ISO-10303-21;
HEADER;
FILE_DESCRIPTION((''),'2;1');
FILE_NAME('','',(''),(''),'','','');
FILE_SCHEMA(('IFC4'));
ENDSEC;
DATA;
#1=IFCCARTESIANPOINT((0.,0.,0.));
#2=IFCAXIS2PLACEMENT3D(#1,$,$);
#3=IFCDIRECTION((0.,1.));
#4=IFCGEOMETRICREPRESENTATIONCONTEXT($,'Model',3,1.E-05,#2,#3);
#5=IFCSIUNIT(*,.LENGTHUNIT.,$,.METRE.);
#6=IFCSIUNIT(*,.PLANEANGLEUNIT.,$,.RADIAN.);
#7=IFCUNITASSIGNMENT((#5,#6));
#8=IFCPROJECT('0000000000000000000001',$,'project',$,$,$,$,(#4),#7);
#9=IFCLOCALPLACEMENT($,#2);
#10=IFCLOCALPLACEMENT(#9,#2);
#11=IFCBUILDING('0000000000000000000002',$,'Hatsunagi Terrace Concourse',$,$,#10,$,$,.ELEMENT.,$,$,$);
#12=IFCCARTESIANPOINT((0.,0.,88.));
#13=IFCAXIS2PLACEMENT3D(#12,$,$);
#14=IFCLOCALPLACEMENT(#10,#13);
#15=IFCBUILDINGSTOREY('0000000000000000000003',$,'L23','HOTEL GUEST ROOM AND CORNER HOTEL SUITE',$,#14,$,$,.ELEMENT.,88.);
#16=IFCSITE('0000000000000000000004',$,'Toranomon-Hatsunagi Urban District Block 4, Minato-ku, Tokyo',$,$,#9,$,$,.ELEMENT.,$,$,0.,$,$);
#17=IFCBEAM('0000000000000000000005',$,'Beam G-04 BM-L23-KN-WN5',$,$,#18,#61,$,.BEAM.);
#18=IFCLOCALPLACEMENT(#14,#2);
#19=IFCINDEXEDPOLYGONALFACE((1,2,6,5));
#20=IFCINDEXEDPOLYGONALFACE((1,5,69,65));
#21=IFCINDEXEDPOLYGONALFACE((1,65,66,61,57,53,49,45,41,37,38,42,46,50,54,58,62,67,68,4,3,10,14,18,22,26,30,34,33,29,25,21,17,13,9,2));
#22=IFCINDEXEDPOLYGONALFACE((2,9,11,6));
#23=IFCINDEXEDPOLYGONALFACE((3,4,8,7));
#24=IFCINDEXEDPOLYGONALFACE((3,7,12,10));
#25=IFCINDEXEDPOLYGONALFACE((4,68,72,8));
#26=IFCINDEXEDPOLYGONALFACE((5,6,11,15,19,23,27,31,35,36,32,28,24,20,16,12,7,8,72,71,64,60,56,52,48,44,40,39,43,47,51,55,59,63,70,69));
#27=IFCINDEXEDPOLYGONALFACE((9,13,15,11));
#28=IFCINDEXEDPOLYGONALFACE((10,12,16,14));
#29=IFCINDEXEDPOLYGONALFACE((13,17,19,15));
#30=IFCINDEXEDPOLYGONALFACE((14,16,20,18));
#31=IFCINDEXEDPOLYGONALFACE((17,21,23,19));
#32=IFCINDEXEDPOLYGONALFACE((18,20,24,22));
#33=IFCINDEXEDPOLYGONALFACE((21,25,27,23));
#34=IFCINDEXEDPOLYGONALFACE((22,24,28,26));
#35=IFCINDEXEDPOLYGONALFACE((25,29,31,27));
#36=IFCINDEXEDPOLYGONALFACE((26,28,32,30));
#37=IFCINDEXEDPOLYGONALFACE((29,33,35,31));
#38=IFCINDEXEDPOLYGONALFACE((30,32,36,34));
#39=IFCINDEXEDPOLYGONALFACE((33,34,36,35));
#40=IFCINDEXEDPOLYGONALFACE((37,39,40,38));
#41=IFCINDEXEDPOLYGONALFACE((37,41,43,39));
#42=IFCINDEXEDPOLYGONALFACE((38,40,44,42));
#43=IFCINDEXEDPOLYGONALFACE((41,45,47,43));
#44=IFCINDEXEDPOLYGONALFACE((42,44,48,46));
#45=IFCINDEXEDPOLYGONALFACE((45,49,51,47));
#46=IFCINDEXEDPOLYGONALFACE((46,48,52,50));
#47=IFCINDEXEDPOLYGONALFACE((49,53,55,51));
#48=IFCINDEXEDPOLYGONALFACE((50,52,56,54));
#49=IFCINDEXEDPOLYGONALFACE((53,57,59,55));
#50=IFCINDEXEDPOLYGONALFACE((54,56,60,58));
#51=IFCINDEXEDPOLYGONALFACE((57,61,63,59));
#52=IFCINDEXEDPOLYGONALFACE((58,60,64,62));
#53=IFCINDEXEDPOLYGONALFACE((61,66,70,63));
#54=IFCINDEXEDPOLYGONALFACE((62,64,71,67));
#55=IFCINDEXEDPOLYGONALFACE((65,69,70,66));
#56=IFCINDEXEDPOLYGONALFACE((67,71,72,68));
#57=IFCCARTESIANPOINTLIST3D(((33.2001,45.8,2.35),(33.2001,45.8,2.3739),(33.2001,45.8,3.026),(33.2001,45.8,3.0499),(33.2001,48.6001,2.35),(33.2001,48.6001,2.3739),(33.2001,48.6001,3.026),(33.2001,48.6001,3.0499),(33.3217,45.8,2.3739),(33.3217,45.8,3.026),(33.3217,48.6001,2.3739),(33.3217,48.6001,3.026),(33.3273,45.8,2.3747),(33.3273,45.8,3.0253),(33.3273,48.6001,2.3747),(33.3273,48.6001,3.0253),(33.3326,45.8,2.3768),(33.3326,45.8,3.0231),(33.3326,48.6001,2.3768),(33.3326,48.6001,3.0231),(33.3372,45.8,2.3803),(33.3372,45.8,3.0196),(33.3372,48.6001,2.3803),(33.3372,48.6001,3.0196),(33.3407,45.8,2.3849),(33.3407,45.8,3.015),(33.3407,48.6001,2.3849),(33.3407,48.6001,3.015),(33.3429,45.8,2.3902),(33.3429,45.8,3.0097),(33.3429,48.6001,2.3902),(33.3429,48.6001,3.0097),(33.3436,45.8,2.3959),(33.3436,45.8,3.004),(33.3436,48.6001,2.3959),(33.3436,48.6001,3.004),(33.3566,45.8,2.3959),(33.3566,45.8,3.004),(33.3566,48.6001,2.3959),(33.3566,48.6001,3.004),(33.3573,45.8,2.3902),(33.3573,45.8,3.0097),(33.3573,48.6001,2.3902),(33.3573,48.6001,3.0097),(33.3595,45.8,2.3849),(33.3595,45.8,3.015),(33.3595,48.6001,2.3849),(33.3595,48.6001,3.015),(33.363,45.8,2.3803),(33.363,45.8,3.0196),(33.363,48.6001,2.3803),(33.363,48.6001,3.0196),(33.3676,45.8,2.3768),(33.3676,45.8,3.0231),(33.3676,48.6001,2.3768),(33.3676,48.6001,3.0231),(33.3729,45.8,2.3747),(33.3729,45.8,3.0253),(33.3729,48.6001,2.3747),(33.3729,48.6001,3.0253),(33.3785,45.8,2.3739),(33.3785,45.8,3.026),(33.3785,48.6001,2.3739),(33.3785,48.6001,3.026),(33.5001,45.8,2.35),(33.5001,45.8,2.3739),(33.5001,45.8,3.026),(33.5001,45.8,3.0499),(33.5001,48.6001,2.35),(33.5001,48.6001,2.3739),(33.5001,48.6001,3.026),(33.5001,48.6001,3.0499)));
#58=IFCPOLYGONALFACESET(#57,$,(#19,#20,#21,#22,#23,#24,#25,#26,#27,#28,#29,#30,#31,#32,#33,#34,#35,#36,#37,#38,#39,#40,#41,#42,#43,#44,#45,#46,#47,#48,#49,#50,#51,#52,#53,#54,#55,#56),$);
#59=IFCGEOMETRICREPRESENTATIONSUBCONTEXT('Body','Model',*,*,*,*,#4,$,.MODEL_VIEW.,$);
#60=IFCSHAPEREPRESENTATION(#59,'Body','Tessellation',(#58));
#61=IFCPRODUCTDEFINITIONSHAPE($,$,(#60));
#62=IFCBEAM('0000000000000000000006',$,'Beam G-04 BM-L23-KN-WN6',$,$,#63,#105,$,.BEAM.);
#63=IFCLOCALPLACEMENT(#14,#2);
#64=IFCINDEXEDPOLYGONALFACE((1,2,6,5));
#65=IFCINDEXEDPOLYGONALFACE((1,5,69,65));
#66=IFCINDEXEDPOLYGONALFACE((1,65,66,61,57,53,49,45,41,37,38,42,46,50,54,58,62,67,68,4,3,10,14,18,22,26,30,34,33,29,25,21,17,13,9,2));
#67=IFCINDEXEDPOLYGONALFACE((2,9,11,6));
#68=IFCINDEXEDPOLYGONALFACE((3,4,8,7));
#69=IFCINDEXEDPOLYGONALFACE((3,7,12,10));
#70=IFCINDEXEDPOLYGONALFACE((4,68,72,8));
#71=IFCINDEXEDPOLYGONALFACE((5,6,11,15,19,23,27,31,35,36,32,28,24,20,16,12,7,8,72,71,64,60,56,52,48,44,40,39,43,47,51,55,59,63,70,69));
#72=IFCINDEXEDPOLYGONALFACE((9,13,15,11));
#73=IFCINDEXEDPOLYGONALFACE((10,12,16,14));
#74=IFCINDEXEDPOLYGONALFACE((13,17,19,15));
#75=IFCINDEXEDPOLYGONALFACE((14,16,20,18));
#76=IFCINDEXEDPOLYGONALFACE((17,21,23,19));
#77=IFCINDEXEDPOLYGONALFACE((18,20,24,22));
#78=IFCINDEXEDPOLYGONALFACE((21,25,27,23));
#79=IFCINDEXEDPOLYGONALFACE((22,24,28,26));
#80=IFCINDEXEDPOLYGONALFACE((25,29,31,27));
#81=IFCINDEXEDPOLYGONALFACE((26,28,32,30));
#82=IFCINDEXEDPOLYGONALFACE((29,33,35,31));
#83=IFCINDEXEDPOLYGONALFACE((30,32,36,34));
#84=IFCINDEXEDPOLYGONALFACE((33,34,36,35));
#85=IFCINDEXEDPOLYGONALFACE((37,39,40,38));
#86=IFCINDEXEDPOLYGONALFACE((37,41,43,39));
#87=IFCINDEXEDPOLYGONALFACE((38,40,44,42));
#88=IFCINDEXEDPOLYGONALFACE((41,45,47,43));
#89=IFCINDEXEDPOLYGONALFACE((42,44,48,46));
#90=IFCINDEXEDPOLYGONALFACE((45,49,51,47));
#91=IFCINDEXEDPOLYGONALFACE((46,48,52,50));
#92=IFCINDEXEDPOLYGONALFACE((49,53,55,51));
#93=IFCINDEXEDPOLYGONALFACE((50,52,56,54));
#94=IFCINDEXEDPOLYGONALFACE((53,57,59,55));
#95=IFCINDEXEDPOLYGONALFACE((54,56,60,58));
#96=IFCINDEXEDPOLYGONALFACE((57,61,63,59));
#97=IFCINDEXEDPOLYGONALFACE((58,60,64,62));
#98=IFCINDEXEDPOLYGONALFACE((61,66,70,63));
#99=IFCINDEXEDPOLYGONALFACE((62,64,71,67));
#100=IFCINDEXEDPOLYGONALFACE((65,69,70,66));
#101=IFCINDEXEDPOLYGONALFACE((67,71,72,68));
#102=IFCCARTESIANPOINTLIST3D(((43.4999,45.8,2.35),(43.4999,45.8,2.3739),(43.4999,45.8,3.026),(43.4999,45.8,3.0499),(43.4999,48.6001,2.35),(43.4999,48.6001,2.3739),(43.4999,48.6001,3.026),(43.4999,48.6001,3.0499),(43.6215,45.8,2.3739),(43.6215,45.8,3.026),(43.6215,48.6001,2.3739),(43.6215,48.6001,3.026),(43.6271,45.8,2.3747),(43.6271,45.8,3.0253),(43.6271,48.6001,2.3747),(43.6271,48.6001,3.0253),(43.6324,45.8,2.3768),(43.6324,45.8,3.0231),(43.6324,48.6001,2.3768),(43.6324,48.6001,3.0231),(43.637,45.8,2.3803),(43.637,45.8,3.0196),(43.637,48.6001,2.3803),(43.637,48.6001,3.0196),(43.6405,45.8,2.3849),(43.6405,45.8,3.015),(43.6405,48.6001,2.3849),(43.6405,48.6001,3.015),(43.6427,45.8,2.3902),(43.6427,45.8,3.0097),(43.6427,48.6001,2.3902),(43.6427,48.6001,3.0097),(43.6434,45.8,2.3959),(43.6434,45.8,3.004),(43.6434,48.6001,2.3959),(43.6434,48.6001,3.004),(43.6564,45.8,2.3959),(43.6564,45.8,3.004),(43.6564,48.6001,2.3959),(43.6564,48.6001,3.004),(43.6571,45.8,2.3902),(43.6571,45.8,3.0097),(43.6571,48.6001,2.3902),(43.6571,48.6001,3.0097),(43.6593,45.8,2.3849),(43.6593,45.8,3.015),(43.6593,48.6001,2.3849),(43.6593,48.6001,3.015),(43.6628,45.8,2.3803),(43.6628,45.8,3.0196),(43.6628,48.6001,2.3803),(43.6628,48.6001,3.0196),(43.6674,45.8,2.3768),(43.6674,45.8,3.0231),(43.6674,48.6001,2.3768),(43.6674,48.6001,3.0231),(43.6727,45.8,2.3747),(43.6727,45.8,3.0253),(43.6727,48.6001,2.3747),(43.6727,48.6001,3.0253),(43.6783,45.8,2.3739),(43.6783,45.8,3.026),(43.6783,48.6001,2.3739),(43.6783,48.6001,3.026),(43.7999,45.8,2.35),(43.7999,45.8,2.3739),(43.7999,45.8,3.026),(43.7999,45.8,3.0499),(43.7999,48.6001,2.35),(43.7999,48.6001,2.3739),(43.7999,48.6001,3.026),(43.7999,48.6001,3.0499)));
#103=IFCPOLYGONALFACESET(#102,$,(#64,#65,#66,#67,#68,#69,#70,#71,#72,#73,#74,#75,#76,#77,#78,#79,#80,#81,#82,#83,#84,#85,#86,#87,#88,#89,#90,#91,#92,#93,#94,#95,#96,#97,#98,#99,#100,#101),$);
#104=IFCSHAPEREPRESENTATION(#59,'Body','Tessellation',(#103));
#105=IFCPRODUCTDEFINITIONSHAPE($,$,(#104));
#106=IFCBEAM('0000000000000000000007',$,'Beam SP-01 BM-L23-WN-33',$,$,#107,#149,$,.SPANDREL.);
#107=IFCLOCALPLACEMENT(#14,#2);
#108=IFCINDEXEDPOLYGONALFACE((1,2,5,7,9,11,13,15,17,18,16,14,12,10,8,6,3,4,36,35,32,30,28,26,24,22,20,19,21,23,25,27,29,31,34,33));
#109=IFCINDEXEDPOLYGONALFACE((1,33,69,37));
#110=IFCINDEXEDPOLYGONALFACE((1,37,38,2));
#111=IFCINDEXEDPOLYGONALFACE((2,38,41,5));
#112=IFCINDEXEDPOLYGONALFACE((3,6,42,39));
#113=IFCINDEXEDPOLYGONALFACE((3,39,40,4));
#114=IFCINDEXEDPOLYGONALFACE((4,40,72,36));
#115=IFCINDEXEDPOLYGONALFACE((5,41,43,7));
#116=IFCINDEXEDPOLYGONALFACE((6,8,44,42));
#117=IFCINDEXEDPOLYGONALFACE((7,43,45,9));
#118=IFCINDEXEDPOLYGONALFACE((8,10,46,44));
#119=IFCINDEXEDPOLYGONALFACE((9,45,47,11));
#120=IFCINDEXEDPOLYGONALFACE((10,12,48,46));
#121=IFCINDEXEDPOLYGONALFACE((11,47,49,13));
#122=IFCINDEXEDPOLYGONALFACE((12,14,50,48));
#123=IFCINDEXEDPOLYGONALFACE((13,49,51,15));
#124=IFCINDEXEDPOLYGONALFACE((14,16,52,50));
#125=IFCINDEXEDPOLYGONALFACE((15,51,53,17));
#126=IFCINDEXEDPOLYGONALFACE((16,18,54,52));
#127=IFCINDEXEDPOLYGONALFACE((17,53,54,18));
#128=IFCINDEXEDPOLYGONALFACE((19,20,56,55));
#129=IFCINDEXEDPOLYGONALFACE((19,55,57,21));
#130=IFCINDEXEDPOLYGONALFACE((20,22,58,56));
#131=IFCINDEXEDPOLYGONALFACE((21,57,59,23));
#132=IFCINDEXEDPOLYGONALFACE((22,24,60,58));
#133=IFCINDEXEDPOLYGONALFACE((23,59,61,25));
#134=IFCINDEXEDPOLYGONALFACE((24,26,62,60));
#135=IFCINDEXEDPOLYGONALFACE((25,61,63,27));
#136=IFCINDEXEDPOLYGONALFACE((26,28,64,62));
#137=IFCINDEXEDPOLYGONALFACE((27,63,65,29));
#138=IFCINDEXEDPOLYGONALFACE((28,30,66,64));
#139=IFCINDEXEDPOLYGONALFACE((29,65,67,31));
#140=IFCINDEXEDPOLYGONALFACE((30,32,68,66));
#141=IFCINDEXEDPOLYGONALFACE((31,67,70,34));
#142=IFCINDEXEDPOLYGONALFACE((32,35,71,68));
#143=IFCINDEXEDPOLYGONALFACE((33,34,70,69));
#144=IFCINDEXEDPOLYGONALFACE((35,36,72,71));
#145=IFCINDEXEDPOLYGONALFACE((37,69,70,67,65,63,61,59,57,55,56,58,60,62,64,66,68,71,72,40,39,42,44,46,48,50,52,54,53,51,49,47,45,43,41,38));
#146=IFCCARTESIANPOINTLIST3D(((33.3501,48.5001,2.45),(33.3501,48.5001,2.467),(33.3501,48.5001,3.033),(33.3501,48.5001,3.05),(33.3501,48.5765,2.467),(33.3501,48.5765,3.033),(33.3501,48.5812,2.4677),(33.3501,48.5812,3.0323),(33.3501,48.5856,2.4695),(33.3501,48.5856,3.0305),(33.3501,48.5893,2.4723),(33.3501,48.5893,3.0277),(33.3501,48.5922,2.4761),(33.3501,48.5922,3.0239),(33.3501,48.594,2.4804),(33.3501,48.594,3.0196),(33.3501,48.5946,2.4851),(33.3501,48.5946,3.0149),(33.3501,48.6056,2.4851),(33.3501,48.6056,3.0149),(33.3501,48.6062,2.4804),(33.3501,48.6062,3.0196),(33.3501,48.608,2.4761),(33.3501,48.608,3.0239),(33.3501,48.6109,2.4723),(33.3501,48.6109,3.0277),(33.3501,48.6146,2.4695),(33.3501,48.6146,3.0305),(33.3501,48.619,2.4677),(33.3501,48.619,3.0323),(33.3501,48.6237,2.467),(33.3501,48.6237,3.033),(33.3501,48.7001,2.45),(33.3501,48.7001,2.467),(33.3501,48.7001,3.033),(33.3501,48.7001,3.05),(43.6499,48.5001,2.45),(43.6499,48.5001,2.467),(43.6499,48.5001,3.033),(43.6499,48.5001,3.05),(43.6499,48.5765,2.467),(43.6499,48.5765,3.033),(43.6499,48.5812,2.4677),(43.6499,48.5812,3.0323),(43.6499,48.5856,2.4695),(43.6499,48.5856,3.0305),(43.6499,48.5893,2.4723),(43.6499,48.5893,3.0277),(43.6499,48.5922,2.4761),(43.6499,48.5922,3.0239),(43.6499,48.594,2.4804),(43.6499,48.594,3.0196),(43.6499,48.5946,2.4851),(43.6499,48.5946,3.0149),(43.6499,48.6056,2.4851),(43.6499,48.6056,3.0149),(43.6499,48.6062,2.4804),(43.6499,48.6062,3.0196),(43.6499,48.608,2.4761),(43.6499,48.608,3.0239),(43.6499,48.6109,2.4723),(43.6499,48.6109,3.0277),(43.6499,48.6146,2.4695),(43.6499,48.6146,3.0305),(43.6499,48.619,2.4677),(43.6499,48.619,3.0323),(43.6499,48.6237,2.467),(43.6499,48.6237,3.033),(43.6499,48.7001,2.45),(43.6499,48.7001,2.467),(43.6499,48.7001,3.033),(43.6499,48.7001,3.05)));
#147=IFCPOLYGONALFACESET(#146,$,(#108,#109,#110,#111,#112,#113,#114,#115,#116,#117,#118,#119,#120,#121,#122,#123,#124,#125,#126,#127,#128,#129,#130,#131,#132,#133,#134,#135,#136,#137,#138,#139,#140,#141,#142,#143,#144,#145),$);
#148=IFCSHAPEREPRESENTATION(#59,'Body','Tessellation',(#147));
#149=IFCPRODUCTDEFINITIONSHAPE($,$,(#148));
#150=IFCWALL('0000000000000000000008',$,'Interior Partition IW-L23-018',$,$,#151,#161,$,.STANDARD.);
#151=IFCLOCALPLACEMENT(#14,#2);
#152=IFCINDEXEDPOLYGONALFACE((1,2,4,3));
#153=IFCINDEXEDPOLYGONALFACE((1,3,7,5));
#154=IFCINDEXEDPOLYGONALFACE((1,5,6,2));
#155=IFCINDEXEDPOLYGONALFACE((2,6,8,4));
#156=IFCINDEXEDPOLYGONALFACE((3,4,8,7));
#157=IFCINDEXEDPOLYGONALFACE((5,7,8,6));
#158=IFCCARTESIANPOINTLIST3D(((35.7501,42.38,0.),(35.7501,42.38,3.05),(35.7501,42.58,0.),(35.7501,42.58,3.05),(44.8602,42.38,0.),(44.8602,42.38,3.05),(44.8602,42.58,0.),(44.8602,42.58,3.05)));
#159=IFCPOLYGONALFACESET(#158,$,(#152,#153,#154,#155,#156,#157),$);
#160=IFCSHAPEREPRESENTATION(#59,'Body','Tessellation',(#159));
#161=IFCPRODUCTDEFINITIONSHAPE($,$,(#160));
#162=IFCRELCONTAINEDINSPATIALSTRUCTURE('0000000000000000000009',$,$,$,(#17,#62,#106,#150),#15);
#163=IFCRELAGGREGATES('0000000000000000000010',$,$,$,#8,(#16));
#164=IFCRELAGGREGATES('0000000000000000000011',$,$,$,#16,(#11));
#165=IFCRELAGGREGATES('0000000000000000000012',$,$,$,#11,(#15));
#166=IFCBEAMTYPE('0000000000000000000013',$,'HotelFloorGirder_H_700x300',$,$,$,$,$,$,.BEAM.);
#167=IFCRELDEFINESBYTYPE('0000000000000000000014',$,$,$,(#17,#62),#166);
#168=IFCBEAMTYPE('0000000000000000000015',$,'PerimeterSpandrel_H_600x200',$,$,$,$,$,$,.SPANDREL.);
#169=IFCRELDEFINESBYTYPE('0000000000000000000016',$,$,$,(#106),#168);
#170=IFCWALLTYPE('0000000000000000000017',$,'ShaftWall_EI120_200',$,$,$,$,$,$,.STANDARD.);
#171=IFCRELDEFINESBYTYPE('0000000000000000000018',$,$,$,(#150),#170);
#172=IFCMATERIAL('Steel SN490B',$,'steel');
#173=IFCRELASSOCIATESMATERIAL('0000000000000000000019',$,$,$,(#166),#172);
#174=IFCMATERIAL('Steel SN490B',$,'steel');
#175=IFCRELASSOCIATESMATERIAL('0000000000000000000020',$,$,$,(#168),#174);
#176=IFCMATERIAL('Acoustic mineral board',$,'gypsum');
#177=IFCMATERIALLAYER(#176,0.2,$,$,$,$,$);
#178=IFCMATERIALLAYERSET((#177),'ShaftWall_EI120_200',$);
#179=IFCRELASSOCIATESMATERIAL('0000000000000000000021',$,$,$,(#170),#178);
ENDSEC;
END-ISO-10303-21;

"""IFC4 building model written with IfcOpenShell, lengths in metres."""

from ifc_helpers import new_model, si_unit, direction, frame, frame_2d, origin, origin_2d, place, context, subcontext, project, spatial, rectangle, i_section, extrude, material, layer, layer_set, material_profile, profile_set, type_object, element, save


model = new_model("IFC4")

# Units and contexts
model_context = context("Model", 3, precision=1e-05, world=origin(), true_north=direction((0.0, 1.0)))
body_context = subcontext(model_context, "Body", "Model", "MODEL_VIEW")
ifc_project = project(units=[si_unit("LENGTHUNIT", "METRE"), si_unit("PLANEANGLEUNIT", "RADIAN")], contexts=[model_context])

# Site, building, storey
site_placement = place(None, origin())
site = spatial("IfcSite", under=ifc_project, at=site_placement, Name="Toranomon-Hatsunagi Urban District Block 4, Minato-ku, Tokyo", CompositionType="ELEMENT", RefElevation=0.0)
building_placement = place(site_placement, origin())
building = spatial("IfcBuilding", under=site, at=building_placement, Name="Hatsunagi Terrace Concourse", CompositionType="ELEMENT")
storey_placement = place(building_placement, frame((0.0, 0.0, 88.0)))
storey = spatial("IfcBuildingStorey", under=building, at=storey_placement, Name="L23", Description="HOTEL GUEST ROOM AND CORNER HOTEL SUITE", CompositionType="ELEMENT", Elevation=88.0)

# Beams
ifc_material_1 = material(Name="Steel SN490B", Category="steel")
ifc_material_profile_1 = material_profile(ifc_material_1, i_section(OverallWidth=0.3, OverallDepth=0.7, WebThickness=0.0129, FlangeThickness=0.0239, FilletRadius=0.022, at=origin_2d()), Name="H-700x300x13x24")
ifc_profile_set_1 = profile_set([ifc_material_profile_1], Name="Steel SN490B")
beam_type_1 = type_object("IfcBeamType", Name="HotelFloorGirder_H_700x300", PredefinedType="BEAM", material=ifc_profile_set_1)
for number, where, z_axis, x_axis, name in (
    (1, (33.3501, 45.8, 2.7), (0.0, 1.0, 0.0), (-1.0, 0.0, 0.0), "Beam G-04 BM-L23-KN-WN5"),
    (2, (43.6499, 45.8, 2.7), (0.0, 1.0, 0.0), (-1.0, 0.0, 0.0), "Beam G-04 BM-L23-KN-WN6"),
):
    element("IfcBeam", number, at=place(storey_placement, frame(where, z_axis=z_axis, x_axis=x_axis)), inside=storey, type_object=beam_type_1, Name=name, PredefinedType="BEAM", context=body_context, shape_type="SweptSolid", body=[
        extrude(i_section(OverallWidth=0.3, OverallDepth=0.7, WebThickness=0.0129, FlangeThickness=0.0239, FilletRadius=0.022, at=origin_2d()), origin(), (0.0, 0.0, 1.0), 2.8),
    ])
ifc_material_2 = material(Name="Steel SN490B", Category="steel")
ifc_material_profile_2 = material_profile(ifc_material_2, i_section(OverallWidth=0.2, OverallDepth=0.6001, WebThickness=0.011, FlangeThickness=0.0171, FilletRadius=0.0181, at=origin_2d()), Name="H-600x200x11x17")
ifc_profile_set_2 = profile_set([ifc_material_profile_2], Name="Steel SN490B")
beam_type_2 = type_object("IfcBeamType", Name="PerimeterSpandrel_H_600x200", PredefinedType="SPANDREL", material=ifc_profile_set_2)
beam_1_placement = place(storey_placement, frame((33.3501, 48.6001, 2.75), z_axis=(1.0, 0.0, 0.0), x_axis=(0.0, 1.0, 0.0)))
element("IfcBeam", 3, at=beam_1_placement, inside=storey, type_object=beam_type_2, Name="Beam SP-01 BM-L23-WN-33", PredefinedType="SPANDREL", context=body_context, shape_type="SweptSolid", body=[
    extrude(i_section(OverallWidth=0.2, OverallDepth=0.6001, WebThickness=0.011, FlangeThickness=0.0171, FilletRadius=0.0181, at=origin_2d()), origin(), (0.0, 0.0, 1.0), 10.2998),
])

# Wall
ifc_material_3 = material(Name="Acoustic mineral board", Category="gypsum")
ifc_layer_1 = layer(ifc_material_3, 0.2)
ifc_layer_set_1 = layer_set([ifc_layer_1], Name="ShaftWall_EI120_200")
wall_type_1 = type_object("IfcWallType", Name="ShaftWall_EI120_200", PredefinedType="STANDARD", material=ifc_layer_set_1)
wall_1_placement = place(storey_placement, frame((35.75, 42.48, 0.0), z_axis=(0.0, 0.0, 1.0), x_axis=(1.0, 0.0, 0.0)))
element("IfcWall", 4, at=wall_1_placement, inside=storey, type_object=wall_type_1, Name="Interior Partition IW-L23-018", PredefinedType="STANDARD", context=body_context, shape_type="SweptSolid", body=[
    extrude(rectangle(XDim=9.1101, YDim=0.2, at=frame_2d((4.5552, 0.0))), origin(), (0.0, 0.0, 1.0), 3.05),
])

save(model, "model.ifc")
